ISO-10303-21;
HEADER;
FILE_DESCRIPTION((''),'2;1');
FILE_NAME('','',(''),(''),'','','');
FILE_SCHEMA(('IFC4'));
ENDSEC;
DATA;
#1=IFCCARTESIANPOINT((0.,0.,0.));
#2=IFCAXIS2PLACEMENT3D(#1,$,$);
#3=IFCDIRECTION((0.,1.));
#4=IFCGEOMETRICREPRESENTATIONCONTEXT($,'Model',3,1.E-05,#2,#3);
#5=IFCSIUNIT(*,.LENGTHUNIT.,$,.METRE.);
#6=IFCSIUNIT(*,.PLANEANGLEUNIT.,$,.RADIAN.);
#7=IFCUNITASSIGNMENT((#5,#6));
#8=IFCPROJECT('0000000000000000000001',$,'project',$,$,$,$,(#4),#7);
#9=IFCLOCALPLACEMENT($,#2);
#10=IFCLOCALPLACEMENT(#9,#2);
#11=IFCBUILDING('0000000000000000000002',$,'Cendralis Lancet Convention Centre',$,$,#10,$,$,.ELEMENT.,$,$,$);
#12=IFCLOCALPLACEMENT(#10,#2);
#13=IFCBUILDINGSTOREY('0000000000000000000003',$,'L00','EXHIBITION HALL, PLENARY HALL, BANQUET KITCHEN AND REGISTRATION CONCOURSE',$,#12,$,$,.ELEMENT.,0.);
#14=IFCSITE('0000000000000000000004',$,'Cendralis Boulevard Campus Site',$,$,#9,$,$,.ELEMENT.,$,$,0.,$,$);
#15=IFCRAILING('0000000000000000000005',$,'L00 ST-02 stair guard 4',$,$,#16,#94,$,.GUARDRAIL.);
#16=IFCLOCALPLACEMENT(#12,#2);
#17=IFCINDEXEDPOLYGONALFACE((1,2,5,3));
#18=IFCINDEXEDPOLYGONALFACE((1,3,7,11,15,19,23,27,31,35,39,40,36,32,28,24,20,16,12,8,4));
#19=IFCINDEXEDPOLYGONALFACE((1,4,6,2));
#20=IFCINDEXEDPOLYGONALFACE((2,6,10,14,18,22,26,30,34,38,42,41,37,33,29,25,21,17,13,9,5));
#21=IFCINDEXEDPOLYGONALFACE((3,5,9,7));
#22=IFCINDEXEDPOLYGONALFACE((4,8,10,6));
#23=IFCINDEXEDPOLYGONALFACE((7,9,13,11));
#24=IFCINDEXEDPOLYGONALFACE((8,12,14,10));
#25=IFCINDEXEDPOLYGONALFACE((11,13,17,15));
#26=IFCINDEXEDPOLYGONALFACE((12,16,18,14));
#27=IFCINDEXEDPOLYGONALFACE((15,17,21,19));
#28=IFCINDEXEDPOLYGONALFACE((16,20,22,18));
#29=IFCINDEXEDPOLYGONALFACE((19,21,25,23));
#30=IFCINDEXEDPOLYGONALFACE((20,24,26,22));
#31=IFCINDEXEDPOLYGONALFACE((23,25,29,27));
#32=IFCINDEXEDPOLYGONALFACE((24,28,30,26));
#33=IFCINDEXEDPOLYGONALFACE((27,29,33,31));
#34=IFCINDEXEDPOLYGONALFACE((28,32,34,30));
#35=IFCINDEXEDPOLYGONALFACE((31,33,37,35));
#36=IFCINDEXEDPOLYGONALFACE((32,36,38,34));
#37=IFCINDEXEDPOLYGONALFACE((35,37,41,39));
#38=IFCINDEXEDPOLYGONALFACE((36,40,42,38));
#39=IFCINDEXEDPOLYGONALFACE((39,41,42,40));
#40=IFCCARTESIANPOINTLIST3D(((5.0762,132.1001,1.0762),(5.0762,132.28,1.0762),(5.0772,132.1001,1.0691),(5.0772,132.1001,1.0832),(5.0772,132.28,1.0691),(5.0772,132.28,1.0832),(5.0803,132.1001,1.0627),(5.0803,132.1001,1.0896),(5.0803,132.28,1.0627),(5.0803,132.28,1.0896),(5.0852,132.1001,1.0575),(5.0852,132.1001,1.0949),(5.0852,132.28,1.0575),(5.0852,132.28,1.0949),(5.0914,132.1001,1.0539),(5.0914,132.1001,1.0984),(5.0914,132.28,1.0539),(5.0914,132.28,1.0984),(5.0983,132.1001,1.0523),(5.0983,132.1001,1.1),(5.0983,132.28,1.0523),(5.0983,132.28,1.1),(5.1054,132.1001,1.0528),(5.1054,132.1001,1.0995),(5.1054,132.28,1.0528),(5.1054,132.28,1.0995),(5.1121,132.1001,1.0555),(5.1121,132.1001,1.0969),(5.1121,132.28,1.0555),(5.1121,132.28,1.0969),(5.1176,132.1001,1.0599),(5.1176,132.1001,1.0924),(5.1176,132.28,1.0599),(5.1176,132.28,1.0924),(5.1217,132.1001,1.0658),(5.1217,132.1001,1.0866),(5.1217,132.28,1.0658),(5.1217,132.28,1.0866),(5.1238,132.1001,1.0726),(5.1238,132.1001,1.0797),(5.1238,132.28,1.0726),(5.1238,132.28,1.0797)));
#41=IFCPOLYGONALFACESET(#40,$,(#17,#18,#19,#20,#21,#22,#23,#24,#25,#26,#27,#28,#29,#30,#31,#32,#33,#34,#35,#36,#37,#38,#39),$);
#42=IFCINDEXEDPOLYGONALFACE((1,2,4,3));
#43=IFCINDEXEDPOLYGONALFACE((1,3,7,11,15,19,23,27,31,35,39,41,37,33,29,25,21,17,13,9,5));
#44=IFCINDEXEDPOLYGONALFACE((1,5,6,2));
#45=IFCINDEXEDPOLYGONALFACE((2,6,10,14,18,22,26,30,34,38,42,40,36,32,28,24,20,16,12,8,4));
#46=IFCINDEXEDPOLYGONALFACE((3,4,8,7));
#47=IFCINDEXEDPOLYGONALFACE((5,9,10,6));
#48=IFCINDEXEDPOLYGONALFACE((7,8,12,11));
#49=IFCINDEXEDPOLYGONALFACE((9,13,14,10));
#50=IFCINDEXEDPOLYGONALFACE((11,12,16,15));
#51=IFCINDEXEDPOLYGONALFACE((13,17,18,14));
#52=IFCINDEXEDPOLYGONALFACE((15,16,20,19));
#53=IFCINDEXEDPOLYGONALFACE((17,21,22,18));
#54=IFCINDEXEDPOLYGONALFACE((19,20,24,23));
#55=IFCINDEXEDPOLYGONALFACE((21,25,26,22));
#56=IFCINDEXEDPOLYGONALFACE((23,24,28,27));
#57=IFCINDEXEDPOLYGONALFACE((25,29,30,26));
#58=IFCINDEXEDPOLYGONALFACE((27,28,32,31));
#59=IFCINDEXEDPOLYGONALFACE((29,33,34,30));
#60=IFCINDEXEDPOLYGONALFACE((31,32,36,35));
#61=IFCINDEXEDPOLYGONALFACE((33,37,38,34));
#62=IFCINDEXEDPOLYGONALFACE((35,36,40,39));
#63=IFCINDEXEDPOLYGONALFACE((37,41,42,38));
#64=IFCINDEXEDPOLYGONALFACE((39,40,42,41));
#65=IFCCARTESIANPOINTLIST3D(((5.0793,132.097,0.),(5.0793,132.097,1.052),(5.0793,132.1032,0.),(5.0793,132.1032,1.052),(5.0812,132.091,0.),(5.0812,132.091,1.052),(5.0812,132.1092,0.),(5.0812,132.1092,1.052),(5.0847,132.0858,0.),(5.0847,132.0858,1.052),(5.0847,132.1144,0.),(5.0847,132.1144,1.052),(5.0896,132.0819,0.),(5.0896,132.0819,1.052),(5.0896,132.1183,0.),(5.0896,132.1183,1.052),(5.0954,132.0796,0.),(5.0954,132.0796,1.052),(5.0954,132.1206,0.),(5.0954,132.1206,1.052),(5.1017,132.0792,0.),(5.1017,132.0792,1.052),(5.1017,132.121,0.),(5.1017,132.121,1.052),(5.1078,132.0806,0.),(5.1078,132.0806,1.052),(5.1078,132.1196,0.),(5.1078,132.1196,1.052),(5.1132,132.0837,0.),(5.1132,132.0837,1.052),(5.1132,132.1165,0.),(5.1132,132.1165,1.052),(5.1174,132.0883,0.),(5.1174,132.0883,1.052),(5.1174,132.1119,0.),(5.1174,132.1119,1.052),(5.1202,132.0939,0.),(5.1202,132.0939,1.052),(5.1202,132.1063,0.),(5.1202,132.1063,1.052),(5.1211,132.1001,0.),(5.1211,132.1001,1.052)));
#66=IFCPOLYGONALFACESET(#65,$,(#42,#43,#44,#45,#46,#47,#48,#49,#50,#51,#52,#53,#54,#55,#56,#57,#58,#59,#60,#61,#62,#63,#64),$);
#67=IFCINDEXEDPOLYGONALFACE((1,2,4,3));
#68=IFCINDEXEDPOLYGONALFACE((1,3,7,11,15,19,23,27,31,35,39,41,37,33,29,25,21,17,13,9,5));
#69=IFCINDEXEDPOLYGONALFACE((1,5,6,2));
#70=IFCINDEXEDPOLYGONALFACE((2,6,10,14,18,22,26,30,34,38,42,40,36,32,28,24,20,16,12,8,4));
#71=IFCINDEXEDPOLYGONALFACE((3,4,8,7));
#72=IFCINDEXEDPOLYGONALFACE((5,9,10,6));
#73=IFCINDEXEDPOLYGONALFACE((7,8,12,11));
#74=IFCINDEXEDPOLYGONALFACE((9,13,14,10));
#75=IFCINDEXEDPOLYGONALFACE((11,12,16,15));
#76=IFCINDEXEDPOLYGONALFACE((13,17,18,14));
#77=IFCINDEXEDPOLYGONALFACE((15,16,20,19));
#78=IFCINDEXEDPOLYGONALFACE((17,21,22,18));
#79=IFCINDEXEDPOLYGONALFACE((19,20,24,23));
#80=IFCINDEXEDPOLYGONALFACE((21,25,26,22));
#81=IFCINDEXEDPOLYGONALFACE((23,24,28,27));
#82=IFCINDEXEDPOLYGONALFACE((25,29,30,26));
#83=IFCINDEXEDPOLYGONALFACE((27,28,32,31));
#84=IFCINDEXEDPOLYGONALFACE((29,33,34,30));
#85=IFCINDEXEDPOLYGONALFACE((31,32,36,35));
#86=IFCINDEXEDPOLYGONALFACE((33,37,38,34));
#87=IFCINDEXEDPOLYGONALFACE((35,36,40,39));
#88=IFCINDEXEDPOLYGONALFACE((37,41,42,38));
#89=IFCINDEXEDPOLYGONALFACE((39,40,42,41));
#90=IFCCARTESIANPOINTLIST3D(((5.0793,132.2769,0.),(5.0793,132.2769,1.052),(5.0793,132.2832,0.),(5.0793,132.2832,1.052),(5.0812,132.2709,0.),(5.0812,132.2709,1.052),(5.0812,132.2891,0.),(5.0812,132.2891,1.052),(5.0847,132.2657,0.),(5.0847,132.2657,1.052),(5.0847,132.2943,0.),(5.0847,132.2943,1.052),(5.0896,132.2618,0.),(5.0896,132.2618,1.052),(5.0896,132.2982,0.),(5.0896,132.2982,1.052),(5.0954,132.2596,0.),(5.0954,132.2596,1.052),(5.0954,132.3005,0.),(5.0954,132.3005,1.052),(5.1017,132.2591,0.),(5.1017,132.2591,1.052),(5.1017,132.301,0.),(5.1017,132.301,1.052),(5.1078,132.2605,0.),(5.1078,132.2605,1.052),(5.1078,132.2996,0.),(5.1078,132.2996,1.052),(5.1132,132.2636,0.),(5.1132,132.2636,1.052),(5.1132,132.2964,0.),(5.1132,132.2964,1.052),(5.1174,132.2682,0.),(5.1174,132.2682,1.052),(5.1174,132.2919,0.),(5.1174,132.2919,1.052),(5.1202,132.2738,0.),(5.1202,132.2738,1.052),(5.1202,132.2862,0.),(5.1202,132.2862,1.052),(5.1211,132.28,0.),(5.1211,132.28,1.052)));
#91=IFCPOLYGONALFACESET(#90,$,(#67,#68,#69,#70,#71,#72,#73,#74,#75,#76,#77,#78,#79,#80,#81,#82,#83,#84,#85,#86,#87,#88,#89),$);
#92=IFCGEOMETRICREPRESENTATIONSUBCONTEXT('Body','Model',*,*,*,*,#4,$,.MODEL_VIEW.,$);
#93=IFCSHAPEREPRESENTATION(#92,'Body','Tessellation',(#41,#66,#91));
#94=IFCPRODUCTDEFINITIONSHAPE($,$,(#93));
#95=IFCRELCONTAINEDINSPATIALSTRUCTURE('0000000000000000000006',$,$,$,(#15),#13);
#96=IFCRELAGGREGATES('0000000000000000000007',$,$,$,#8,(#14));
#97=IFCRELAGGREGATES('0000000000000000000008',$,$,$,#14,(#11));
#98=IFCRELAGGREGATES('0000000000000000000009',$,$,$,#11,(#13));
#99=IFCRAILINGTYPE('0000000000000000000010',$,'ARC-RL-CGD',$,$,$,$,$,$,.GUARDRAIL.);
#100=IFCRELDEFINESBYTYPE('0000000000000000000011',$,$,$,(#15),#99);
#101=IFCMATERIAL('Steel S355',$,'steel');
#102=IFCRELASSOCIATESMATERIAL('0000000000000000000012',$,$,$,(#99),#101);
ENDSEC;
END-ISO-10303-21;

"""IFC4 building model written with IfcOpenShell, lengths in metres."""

from ifc_helpers import new_model, si_unit, direction, frame, origin, origin_2d, place, context, subcontext, project, spatial, circle, extrude, material, type_object, element, save


model = new_model("IFC4")

# Units and contexts
model_context = context("Model", 3, precision=1e-05, world=origin(), true_north=direction((0.0, 1.0)))
body_context = subcontext(model_context, "Body", "Model", "MODEL_VIEW")
ifc_project = project(units=[si_unit("LENGTHUNIT", "METRE"), si_unit("PLANEANGLEUNIT", "RADIAN")], contexts=[model_context])

# Site, building, storey
site_placement = place(None, origin())
site = spatial("IfcSite", under=ifc_project, at=site_placement, Name="Cendralis Boulevard Campus Site", CompositionType="ELEMENT", RefElevation=0.0)
building_placement = place(site_placement, origin())
building = spatial("IfcBuilding", under=site, at=building_placement, Name="Cendralis Lancet Convention Centre", CompositionType="ELEMENT")
storey_placement = place(building_placement, origin())
storey = spatial("IfcBuildingStorey", under=building, at=storey_placement, Name="L00", Description="EXHIBITION HALL, PLENARY HALL, BANQUET KITCHEN AND REGISTRATION CONCOURSE", CompositionType="ELEMENT", Elevation=0.0)

# Railing
ifc_material_1 = material(Name="Steel S355", Category="steel")
railing_type_1 = type_object("IfcRailingType", Name="ARC-RL-CGD", PredefinedType="GUARDRAIL", material=ifc_material_1)
railing_1_placement = place(storey_placement, frame((5.1001, 132.1001, 0.0)))
element("IfcRailing", 1, at=railing_1_placement, inside=storey, type_object=railing_type_1, Name="L00 ST-02 stair guard 4", PredefinedType="GUARDRAIL", context=body_context, shape_type="SweptSolid", body=[
    extrude(circle(Radius=0.0239, at=origin_2d()), frame((0.0, 0.0, 1.0762), z_axis=(0.0, 1.0, 0.0), x_axis=(-1.0, 0.0, 0.0)), (0.0, 0.0, 1.0), 0.1799),
    extrude(circle(Radius=0.021, at=origin_2d()), origin(), (0.0, 0.0, 1.0), 1.052),
    extrude(circle(Radius=0.021, at=origin_2d()), frame((0.0, 0.1799, 0.0)), (0.0, 0.0, 1.0), 1.052),
])

save(model, "model.ifc")
